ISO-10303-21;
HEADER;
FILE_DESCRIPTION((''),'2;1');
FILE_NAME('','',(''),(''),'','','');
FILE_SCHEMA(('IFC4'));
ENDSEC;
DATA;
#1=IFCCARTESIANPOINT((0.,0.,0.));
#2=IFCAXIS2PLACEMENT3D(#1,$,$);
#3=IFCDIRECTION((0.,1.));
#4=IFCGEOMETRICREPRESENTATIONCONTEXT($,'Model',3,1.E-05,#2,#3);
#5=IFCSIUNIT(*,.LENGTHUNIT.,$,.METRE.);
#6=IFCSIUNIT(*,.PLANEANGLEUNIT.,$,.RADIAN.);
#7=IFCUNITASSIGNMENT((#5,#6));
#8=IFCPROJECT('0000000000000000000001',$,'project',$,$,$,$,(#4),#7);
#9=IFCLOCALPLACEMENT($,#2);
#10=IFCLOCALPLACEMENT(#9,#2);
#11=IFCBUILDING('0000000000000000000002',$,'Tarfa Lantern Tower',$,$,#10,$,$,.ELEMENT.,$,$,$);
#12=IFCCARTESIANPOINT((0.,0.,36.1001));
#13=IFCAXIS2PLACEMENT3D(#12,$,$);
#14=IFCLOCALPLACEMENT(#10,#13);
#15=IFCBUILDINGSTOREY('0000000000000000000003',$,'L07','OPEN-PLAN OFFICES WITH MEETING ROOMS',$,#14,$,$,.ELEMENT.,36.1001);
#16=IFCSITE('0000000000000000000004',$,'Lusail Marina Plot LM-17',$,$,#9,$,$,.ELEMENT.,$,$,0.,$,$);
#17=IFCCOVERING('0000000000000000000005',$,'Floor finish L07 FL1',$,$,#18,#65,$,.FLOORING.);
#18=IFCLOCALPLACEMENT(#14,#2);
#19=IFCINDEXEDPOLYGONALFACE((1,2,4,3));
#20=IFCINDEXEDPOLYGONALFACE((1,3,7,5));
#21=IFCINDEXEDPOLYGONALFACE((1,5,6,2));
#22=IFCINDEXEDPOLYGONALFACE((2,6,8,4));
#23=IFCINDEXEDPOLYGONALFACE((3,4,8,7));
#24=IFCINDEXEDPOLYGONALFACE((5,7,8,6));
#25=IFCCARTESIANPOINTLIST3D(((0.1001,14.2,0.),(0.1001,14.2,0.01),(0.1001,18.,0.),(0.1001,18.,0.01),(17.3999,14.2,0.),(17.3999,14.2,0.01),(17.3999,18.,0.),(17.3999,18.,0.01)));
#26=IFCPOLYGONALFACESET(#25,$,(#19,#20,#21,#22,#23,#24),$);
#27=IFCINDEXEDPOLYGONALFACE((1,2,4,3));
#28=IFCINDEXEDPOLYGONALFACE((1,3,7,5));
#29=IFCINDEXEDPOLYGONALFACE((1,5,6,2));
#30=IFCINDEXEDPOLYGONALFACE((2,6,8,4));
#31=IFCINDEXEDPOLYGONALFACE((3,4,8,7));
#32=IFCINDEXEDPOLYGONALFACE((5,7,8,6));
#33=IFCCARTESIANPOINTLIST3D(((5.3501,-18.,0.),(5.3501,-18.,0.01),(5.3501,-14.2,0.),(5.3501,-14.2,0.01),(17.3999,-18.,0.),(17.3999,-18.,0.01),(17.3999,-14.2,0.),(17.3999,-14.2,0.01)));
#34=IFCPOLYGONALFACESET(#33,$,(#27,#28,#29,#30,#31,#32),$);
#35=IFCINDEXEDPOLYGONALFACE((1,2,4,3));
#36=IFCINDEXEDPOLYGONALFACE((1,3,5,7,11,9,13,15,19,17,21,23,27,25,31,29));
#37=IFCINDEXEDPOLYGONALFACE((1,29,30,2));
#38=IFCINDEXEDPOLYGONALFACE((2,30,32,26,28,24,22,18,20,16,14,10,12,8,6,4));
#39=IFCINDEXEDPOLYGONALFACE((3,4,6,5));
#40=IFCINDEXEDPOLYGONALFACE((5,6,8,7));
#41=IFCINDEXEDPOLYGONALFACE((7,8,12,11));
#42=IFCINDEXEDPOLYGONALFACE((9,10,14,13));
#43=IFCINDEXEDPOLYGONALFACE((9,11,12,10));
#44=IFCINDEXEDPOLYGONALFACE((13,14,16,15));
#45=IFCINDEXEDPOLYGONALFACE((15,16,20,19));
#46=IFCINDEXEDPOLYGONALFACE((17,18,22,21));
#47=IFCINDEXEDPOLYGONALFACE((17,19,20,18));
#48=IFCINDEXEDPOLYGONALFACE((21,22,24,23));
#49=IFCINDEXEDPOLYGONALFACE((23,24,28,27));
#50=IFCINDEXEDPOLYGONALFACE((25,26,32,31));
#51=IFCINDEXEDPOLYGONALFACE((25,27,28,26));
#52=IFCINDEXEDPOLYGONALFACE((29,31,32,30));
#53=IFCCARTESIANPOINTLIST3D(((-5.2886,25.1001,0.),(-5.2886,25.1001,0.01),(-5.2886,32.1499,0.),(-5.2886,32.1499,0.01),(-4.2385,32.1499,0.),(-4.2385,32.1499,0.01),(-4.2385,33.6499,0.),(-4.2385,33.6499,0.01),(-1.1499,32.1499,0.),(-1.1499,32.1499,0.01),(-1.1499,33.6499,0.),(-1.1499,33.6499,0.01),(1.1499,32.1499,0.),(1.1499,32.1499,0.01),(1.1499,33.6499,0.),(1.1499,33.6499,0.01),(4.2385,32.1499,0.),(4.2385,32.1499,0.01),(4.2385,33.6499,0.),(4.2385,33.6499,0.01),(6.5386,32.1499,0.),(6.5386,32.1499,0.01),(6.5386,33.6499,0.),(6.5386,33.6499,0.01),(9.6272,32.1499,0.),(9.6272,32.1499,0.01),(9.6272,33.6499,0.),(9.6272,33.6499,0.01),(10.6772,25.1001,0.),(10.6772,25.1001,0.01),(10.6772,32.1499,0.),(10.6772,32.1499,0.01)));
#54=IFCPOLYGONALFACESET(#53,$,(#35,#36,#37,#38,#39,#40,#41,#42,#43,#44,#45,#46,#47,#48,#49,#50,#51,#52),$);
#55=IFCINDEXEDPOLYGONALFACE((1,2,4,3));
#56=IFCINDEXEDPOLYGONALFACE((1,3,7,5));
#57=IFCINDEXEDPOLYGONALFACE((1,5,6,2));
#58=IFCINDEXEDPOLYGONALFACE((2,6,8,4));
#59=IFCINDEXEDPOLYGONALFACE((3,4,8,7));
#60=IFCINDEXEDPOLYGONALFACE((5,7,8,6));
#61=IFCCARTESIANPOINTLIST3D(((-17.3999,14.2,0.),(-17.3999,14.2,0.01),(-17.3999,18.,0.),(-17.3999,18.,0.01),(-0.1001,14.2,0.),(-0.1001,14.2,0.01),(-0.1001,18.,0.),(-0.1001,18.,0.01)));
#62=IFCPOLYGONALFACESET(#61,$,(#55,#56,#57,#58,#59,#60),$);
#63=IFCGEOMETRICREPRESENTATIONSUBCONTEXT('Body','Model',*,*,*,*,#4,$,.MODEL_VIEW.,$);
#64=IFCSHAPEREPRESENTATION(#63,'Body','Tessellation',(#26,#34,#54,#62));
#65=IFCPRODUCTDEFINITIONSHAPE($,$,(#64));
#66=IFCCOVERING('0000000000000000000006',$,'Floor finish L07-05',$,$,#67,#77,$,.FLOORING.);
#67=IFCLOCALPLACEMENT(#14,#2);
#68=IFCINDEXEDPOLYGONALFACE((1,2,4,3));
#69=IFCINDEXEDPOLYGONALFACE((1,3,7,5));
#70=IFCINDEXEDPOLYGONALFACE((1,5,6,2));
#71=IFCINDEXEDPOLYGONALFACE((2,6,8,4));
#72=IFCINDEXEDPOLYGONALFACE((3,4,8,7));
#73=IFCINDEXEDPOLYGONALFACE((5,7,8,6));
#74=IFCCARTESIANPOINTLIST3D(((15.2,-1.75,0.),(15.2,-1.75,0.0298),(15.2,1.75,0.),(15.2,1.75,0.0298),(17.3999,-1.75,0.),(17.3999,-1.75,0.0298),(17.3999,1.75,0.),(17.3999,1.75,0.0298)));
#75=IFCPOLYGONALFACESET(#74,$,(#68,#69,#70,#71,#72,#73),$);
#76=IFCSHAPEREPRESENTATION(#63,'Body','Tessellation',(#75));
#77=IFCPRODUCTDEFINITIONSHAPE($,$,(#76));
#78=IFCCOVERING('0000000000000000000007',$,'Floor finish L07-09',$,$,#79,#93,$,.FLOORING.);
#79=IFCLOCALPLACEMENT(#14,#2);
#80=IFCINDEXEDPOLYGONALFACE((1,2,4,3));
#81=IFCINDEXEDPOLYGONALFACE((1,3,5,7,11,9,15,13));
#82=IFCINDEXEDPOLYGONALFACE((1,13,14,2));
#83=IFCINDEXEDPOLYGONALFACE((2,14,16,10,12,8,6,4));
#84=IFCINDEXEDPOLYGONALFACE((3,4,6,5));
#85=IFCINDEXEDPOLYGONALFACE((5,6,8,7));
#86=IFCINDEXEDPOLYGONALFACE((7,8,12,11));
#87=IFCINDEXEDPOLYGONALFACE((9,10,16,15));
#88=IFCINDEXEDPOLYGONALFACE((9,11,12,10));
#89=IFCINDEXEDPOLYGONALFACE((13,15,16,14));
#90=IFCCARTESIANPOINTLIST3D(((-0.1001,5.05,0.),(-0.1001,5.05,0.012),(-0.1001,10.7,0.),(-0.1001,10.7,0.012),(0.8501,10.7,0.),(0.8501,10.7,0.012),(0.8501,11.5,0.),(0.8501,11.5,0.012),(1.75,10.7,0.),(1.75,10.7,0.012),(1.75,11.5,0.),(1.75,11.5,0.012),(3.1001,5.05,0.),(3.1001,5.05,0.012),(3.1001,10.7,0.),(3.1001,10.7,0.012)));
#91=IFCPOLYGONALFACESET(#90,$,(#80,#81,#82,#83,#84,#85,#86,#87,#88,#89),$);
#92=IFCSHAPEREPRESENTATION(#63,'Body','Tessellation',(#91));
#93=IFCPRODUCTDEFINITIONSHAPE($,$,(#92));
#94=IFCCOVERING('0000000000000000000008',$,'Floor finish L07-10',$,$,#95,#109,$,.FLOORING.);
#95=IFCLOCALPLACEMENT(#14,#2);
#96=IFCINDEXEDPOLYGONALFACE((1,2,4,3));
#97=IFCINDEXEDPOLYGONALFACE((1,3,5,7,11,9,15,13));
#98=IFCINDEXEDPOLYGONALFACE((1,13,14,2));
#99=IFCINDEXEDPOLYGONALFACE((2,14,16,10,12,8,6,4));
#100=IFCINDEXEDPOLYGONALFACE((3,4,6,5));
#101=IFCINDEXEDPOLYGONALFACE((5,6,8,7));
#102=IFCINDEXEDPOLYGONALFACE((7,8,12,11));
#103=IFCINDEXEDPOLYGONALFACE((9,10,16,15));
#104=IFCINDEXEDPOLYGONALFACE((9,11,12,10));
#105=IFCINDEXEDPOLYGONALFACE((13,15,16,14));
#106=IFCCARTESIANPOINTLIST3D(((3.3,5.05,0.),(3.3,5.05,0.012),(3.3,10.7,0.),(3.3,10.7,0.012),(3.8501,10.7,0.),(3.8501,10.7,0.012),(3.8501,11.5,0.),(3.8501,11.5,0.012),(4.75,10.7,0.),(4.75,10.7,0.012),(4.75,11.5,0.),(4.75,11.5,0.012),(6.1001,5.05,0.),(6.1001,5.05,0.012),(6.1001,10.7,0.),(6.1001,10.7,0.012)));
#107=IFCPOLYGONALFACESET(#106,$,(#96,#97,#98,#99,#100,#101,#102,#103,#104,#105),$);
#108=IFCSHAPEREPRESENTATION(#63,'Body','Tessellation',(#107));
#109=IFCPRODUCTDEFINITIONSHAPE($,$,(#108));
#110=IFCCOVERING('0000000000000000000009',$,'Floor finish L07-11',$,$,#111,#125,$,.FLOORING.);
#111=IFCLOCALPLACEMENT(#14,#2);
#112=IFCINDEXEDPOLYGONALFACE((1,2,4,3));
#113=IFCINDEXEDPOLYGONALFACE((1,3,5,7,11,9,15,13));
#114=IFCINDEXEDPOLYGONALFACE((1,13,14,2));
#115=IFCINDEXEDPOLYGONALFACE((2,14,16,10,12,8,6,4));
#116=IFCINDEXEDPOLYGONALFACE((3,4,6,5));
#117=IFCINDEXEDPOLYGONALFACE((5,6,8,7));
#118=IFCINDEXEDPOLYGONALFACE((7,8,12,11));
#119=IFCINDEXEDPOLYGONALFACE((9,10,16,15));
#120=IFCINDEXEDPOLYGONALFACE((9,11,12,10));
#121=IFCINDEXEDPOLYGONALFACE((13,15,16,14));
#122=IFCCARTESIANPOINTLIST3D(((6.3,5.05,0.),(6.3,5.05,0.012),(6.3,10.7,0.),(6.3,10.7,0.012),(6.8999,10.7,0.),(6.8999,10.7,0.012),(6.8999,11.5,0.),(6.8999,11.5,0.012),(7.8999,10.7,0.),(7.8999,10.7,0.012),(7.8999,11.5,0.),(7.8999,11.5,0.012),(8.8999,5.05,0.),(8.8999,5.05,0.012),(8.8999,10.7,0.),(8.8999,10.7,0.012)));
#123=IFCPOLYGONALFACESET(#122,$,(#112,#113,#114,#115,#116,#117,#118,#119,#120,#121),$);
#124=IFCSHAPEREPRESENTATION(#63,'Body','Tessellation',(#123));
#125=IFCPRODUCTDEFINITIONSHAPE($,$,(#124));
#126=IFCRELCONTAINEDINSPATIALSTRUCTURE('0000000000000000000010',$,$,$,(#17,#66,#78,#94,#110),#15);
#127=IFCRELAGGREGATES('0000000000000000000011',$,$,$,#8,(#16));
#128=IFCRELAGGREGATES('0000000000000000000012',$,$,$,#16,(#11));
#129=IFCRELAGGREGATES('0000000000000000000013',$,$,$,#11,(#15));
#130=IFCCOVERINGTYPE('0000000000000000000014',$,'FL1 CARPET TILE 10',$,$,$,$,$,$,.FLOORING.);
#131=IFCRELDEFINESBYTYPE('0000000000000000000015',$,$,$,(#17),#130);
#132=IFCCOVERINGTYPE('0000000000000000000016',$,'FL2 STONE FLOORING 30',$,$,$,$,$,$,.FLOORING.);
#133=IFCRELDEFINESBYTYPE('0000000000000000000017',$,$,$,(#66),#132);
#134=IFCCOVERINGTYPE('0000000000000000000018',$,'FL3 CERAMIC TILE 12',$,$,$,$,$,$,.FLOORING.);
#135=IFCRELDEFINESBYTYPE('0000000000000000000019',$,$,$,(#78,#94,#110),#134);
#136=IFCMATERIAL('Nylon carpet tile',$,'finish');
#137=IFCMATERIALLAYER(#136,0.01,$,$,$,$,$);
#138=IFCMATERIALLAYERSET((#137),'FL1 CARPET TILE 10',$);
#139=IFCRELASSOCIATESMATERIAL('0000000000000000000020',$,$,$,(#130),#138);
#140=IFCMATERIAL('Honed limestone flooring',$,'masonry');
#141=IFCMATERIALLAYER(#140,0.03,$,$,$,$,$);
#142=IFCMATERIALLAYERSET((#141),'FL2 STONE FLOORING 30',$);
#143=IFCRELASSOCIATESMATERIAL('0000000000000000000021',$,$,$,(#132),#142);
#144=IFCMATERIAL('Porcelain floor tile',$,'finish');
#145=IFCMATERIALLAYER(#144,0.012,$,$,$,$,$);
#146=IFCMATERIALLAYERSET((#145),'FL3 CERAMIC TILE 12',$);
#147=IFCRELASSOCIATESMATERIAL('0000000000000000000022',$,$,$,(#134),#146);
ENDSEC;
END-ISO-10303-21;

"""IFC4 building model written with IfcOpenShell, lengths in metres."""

from ifc_helpers import new_model, si_unit, direction, frame, origin, place, context, subcontext, project, spatial, polyline, outline, extrude, material, layer, layer_set, type_object, element, save


model = new_model("IFC4")

# Units and contexts
model_context = context("Model", 3, precision=1e-05, world=origin(), true_north=direction((0.0, 1.0)))
body_context = subcontext(model_context, "Body", "Model", "MODEL_VIEW")
ifc_project = project(units=[si_unit("LENGTHUNIT", "METRE"), si_unit("PLANEANGLEUNIT", "RADIAN")], contexts=[model_context])

# Site, building, storey
site_placement = place(None, origin())
site = spatial("IfcSite", under=ifc_project, at=site_placement, Name="Lusail Marina Plot LM-17", CompositionType="ELEMENT", RefElevation=0.0)
building_placement = place(site_placement, origin())
building = spatial("IfcBuilding", under=site, at=building_placement, Name="Tarfa Lantern Tower", CompositionType="ELEMENT")
storey_placement = place(building_placement, frame((0.0, 0.0, 36.1001)))
storey = spatial("IfcBuildingStorey", under=building, at=storey_placement, Name="L07", Description="OPEN-PLAN OFFICES WITH MEETING ROOMS", CompositionType="ELEMENT", Elevation=36.1001)

# Coverings
ifc_material_1 = material(Name="Nylon carpet tile", Category="finish")
ifc_layer_1 = layer(ifc_material_1, 0.01)
ifc_layer_set_1 = layer_set([ifc_layer_1], Name="FL1 CARPET TILE 10")
covering_type_1 = type_object("IfcCoveringType", Name="FL1 CARPET TILE 10", PredefinedType="FLOORING", material=ifc_layer_set_1)
covering_1_placement = place(storey_placement, origin())
element("IfcCovering", 1, at=covering_1_placement, inside=storey, type_object=covering_type_1, Name="Floor finish L07 FL1", PredefinedType="FLOORING", context=body_context, shape_type="SweptSolid", body=[
    extrude(outline(polyline([(0.1001, 18.0), (17.3999, 18.0), (17.3999, 14.2), (0.1001, 14.2), (0.1001, 18.0)])), origin(), (0.0, 0.0, 1.0), 0.01),
    extrude(outline(polyline([(5.3501, -14.2), (17.3999, -14.2), (17.3999, -18.0), (5.3501, -18.0), (5.3501, -14.2)])), origin(), (0.0, 0.0, 1.0), 0.01),
    extrude(outline(polyline([(10.6772, 25.1001), (-5.2886, 25.1001), (-5.2886, 32.1499), (-4.2385, 32.1499), (-4.2385, 33.6499), (-1.1499, 33.6499), (-1.1499, 32.1499), (1.1499, 32.1499), (1.1499, 33.6499), (4.2385, 33.6499), (4.2385, 32.1499), (6.5386, 32.1499), (6.5386, 33.6499), (9.6272, 33.6499), (9.6272, 32.1499), (10.6772, 32.1499), (10.6772, 25.1001)])), origin(), (0.0, 0.0, 1.0), 0.01),
    extrude(outline(polyline([(-17.3999, 18.0), (-0.1001, 18.0), (-0.1001, 14.2), (-17.3999, 14.2), (-17.3999, 18.0)])), origin(), (0.0, 0.0, 1.0), 0.01),
])
ifc_material_2 = material(Name="Honed limestone flooring", Category="masonry")
ifc_layer_2 = layer(ifc_material_2, 0.03)
ifc_layer_set_2 = layer_set([ifc_layer_2], Name="FL2 STONE FLOORING 30")
covering_type_2 = type_object("IfcCoveringType", Name="FL2 STONE FLOORING 30", PredefinedType="FLOORING", material=ifc_layer_set_2)
covering_2_placement = place(storey_placement, origin())
element("IfcCovering", 2, at=covering_2_placement, inside=storey, type_object=covering_type_2, Name="Floor finish L07-05", PredefinedType="FLOORING", context=body_context, shape_type="SweptSolid", body=[
    extrude(outline(polyline([(15.2, -1.75), (17.3999, -1.75), (17.3999, 1.75), (15.2, 1.75), (15.2, -1.75)])), origin(), (0.0, 0.0, 1.0), 0.0298),
])
ifc_material_3 = material(Name="Porcelain floor tile", Category="finish")
ifc_layer_3 = layer(ifc_material_3, 0.012)
ifc_layer_set_3 = layer_set([ifc_layer_3], Name="FL3 CERAMIC TILE 12")
covering_type_3 = type_object("IfcCoveringType", Name="FL3 CERAMIC TILE 12", PredefinedType="FLOORING", material=ifc_layer_set_3)
covering_3_placement = place(storey_placement, origin())
element("IfcCovering", 3, at=covering_3_placement, inside=storey, type_object=covering_type_3, Name="Floor finish L07-09", PredefinedType="FLOORING", context=body_context, shape_type="SweptSolid", body=[
    extrude(outline(polyline([(0.8501, 10.7), (-0.1001, 10.7), (-0.1001, 5.05), (3.1001, 5.05), (3.1001, 10.7), (1.75, 10.7), (1.75, 11.5), (0.8501, 11.5), (0.8501, 10.7)])), origin(), (0.0, 0.0, 1.0), 0.012),
])
covering_4_placement = place(storey_placement, origin())
element("IfcCovering", 4, at=covering_4_placement, inside=storey, type_object=covering_type_3, Name="Floor finish L07-10", PredefinedType="FLOORING", context=body_context, shape_type="SweptSolid", body=[
    extrude(outline(polyline([(3.3, 5.05), (6.1001, 5.05), (6.1001, 10.7), (4.75, 10.7), (4.75, 11.5), (3.8501, 11.5), (3.8501, 10.7), (3.3, 10.7), (3.3, 5.05)])), origin(), (0.0, 0.0, 1.0), 0.012),
])
covering_5_placement = place(storey_placement, origin())
element("IfcCovering", 5, at=covering_5_placement, inside=storey, type_object=covering_type_3, Name="Floor finish L07-11", PredefinedType="FLOORING", context=body_context, shape_type="SweptSolid", body=[
    extrude(outline(polyline([(6.3, 5.05), (8.8999, 5.05), (8.8999, 10.7), (7.8999, 10.7), (7.8999, 11.5), (6.8999, 11.5), (6.8999, 10.7), (6.3, 10.7), (6.3, 5.05)])), origin(), (0.0, 0.0, 1.0), 0.012),
])

save(model, "model.ifc")
